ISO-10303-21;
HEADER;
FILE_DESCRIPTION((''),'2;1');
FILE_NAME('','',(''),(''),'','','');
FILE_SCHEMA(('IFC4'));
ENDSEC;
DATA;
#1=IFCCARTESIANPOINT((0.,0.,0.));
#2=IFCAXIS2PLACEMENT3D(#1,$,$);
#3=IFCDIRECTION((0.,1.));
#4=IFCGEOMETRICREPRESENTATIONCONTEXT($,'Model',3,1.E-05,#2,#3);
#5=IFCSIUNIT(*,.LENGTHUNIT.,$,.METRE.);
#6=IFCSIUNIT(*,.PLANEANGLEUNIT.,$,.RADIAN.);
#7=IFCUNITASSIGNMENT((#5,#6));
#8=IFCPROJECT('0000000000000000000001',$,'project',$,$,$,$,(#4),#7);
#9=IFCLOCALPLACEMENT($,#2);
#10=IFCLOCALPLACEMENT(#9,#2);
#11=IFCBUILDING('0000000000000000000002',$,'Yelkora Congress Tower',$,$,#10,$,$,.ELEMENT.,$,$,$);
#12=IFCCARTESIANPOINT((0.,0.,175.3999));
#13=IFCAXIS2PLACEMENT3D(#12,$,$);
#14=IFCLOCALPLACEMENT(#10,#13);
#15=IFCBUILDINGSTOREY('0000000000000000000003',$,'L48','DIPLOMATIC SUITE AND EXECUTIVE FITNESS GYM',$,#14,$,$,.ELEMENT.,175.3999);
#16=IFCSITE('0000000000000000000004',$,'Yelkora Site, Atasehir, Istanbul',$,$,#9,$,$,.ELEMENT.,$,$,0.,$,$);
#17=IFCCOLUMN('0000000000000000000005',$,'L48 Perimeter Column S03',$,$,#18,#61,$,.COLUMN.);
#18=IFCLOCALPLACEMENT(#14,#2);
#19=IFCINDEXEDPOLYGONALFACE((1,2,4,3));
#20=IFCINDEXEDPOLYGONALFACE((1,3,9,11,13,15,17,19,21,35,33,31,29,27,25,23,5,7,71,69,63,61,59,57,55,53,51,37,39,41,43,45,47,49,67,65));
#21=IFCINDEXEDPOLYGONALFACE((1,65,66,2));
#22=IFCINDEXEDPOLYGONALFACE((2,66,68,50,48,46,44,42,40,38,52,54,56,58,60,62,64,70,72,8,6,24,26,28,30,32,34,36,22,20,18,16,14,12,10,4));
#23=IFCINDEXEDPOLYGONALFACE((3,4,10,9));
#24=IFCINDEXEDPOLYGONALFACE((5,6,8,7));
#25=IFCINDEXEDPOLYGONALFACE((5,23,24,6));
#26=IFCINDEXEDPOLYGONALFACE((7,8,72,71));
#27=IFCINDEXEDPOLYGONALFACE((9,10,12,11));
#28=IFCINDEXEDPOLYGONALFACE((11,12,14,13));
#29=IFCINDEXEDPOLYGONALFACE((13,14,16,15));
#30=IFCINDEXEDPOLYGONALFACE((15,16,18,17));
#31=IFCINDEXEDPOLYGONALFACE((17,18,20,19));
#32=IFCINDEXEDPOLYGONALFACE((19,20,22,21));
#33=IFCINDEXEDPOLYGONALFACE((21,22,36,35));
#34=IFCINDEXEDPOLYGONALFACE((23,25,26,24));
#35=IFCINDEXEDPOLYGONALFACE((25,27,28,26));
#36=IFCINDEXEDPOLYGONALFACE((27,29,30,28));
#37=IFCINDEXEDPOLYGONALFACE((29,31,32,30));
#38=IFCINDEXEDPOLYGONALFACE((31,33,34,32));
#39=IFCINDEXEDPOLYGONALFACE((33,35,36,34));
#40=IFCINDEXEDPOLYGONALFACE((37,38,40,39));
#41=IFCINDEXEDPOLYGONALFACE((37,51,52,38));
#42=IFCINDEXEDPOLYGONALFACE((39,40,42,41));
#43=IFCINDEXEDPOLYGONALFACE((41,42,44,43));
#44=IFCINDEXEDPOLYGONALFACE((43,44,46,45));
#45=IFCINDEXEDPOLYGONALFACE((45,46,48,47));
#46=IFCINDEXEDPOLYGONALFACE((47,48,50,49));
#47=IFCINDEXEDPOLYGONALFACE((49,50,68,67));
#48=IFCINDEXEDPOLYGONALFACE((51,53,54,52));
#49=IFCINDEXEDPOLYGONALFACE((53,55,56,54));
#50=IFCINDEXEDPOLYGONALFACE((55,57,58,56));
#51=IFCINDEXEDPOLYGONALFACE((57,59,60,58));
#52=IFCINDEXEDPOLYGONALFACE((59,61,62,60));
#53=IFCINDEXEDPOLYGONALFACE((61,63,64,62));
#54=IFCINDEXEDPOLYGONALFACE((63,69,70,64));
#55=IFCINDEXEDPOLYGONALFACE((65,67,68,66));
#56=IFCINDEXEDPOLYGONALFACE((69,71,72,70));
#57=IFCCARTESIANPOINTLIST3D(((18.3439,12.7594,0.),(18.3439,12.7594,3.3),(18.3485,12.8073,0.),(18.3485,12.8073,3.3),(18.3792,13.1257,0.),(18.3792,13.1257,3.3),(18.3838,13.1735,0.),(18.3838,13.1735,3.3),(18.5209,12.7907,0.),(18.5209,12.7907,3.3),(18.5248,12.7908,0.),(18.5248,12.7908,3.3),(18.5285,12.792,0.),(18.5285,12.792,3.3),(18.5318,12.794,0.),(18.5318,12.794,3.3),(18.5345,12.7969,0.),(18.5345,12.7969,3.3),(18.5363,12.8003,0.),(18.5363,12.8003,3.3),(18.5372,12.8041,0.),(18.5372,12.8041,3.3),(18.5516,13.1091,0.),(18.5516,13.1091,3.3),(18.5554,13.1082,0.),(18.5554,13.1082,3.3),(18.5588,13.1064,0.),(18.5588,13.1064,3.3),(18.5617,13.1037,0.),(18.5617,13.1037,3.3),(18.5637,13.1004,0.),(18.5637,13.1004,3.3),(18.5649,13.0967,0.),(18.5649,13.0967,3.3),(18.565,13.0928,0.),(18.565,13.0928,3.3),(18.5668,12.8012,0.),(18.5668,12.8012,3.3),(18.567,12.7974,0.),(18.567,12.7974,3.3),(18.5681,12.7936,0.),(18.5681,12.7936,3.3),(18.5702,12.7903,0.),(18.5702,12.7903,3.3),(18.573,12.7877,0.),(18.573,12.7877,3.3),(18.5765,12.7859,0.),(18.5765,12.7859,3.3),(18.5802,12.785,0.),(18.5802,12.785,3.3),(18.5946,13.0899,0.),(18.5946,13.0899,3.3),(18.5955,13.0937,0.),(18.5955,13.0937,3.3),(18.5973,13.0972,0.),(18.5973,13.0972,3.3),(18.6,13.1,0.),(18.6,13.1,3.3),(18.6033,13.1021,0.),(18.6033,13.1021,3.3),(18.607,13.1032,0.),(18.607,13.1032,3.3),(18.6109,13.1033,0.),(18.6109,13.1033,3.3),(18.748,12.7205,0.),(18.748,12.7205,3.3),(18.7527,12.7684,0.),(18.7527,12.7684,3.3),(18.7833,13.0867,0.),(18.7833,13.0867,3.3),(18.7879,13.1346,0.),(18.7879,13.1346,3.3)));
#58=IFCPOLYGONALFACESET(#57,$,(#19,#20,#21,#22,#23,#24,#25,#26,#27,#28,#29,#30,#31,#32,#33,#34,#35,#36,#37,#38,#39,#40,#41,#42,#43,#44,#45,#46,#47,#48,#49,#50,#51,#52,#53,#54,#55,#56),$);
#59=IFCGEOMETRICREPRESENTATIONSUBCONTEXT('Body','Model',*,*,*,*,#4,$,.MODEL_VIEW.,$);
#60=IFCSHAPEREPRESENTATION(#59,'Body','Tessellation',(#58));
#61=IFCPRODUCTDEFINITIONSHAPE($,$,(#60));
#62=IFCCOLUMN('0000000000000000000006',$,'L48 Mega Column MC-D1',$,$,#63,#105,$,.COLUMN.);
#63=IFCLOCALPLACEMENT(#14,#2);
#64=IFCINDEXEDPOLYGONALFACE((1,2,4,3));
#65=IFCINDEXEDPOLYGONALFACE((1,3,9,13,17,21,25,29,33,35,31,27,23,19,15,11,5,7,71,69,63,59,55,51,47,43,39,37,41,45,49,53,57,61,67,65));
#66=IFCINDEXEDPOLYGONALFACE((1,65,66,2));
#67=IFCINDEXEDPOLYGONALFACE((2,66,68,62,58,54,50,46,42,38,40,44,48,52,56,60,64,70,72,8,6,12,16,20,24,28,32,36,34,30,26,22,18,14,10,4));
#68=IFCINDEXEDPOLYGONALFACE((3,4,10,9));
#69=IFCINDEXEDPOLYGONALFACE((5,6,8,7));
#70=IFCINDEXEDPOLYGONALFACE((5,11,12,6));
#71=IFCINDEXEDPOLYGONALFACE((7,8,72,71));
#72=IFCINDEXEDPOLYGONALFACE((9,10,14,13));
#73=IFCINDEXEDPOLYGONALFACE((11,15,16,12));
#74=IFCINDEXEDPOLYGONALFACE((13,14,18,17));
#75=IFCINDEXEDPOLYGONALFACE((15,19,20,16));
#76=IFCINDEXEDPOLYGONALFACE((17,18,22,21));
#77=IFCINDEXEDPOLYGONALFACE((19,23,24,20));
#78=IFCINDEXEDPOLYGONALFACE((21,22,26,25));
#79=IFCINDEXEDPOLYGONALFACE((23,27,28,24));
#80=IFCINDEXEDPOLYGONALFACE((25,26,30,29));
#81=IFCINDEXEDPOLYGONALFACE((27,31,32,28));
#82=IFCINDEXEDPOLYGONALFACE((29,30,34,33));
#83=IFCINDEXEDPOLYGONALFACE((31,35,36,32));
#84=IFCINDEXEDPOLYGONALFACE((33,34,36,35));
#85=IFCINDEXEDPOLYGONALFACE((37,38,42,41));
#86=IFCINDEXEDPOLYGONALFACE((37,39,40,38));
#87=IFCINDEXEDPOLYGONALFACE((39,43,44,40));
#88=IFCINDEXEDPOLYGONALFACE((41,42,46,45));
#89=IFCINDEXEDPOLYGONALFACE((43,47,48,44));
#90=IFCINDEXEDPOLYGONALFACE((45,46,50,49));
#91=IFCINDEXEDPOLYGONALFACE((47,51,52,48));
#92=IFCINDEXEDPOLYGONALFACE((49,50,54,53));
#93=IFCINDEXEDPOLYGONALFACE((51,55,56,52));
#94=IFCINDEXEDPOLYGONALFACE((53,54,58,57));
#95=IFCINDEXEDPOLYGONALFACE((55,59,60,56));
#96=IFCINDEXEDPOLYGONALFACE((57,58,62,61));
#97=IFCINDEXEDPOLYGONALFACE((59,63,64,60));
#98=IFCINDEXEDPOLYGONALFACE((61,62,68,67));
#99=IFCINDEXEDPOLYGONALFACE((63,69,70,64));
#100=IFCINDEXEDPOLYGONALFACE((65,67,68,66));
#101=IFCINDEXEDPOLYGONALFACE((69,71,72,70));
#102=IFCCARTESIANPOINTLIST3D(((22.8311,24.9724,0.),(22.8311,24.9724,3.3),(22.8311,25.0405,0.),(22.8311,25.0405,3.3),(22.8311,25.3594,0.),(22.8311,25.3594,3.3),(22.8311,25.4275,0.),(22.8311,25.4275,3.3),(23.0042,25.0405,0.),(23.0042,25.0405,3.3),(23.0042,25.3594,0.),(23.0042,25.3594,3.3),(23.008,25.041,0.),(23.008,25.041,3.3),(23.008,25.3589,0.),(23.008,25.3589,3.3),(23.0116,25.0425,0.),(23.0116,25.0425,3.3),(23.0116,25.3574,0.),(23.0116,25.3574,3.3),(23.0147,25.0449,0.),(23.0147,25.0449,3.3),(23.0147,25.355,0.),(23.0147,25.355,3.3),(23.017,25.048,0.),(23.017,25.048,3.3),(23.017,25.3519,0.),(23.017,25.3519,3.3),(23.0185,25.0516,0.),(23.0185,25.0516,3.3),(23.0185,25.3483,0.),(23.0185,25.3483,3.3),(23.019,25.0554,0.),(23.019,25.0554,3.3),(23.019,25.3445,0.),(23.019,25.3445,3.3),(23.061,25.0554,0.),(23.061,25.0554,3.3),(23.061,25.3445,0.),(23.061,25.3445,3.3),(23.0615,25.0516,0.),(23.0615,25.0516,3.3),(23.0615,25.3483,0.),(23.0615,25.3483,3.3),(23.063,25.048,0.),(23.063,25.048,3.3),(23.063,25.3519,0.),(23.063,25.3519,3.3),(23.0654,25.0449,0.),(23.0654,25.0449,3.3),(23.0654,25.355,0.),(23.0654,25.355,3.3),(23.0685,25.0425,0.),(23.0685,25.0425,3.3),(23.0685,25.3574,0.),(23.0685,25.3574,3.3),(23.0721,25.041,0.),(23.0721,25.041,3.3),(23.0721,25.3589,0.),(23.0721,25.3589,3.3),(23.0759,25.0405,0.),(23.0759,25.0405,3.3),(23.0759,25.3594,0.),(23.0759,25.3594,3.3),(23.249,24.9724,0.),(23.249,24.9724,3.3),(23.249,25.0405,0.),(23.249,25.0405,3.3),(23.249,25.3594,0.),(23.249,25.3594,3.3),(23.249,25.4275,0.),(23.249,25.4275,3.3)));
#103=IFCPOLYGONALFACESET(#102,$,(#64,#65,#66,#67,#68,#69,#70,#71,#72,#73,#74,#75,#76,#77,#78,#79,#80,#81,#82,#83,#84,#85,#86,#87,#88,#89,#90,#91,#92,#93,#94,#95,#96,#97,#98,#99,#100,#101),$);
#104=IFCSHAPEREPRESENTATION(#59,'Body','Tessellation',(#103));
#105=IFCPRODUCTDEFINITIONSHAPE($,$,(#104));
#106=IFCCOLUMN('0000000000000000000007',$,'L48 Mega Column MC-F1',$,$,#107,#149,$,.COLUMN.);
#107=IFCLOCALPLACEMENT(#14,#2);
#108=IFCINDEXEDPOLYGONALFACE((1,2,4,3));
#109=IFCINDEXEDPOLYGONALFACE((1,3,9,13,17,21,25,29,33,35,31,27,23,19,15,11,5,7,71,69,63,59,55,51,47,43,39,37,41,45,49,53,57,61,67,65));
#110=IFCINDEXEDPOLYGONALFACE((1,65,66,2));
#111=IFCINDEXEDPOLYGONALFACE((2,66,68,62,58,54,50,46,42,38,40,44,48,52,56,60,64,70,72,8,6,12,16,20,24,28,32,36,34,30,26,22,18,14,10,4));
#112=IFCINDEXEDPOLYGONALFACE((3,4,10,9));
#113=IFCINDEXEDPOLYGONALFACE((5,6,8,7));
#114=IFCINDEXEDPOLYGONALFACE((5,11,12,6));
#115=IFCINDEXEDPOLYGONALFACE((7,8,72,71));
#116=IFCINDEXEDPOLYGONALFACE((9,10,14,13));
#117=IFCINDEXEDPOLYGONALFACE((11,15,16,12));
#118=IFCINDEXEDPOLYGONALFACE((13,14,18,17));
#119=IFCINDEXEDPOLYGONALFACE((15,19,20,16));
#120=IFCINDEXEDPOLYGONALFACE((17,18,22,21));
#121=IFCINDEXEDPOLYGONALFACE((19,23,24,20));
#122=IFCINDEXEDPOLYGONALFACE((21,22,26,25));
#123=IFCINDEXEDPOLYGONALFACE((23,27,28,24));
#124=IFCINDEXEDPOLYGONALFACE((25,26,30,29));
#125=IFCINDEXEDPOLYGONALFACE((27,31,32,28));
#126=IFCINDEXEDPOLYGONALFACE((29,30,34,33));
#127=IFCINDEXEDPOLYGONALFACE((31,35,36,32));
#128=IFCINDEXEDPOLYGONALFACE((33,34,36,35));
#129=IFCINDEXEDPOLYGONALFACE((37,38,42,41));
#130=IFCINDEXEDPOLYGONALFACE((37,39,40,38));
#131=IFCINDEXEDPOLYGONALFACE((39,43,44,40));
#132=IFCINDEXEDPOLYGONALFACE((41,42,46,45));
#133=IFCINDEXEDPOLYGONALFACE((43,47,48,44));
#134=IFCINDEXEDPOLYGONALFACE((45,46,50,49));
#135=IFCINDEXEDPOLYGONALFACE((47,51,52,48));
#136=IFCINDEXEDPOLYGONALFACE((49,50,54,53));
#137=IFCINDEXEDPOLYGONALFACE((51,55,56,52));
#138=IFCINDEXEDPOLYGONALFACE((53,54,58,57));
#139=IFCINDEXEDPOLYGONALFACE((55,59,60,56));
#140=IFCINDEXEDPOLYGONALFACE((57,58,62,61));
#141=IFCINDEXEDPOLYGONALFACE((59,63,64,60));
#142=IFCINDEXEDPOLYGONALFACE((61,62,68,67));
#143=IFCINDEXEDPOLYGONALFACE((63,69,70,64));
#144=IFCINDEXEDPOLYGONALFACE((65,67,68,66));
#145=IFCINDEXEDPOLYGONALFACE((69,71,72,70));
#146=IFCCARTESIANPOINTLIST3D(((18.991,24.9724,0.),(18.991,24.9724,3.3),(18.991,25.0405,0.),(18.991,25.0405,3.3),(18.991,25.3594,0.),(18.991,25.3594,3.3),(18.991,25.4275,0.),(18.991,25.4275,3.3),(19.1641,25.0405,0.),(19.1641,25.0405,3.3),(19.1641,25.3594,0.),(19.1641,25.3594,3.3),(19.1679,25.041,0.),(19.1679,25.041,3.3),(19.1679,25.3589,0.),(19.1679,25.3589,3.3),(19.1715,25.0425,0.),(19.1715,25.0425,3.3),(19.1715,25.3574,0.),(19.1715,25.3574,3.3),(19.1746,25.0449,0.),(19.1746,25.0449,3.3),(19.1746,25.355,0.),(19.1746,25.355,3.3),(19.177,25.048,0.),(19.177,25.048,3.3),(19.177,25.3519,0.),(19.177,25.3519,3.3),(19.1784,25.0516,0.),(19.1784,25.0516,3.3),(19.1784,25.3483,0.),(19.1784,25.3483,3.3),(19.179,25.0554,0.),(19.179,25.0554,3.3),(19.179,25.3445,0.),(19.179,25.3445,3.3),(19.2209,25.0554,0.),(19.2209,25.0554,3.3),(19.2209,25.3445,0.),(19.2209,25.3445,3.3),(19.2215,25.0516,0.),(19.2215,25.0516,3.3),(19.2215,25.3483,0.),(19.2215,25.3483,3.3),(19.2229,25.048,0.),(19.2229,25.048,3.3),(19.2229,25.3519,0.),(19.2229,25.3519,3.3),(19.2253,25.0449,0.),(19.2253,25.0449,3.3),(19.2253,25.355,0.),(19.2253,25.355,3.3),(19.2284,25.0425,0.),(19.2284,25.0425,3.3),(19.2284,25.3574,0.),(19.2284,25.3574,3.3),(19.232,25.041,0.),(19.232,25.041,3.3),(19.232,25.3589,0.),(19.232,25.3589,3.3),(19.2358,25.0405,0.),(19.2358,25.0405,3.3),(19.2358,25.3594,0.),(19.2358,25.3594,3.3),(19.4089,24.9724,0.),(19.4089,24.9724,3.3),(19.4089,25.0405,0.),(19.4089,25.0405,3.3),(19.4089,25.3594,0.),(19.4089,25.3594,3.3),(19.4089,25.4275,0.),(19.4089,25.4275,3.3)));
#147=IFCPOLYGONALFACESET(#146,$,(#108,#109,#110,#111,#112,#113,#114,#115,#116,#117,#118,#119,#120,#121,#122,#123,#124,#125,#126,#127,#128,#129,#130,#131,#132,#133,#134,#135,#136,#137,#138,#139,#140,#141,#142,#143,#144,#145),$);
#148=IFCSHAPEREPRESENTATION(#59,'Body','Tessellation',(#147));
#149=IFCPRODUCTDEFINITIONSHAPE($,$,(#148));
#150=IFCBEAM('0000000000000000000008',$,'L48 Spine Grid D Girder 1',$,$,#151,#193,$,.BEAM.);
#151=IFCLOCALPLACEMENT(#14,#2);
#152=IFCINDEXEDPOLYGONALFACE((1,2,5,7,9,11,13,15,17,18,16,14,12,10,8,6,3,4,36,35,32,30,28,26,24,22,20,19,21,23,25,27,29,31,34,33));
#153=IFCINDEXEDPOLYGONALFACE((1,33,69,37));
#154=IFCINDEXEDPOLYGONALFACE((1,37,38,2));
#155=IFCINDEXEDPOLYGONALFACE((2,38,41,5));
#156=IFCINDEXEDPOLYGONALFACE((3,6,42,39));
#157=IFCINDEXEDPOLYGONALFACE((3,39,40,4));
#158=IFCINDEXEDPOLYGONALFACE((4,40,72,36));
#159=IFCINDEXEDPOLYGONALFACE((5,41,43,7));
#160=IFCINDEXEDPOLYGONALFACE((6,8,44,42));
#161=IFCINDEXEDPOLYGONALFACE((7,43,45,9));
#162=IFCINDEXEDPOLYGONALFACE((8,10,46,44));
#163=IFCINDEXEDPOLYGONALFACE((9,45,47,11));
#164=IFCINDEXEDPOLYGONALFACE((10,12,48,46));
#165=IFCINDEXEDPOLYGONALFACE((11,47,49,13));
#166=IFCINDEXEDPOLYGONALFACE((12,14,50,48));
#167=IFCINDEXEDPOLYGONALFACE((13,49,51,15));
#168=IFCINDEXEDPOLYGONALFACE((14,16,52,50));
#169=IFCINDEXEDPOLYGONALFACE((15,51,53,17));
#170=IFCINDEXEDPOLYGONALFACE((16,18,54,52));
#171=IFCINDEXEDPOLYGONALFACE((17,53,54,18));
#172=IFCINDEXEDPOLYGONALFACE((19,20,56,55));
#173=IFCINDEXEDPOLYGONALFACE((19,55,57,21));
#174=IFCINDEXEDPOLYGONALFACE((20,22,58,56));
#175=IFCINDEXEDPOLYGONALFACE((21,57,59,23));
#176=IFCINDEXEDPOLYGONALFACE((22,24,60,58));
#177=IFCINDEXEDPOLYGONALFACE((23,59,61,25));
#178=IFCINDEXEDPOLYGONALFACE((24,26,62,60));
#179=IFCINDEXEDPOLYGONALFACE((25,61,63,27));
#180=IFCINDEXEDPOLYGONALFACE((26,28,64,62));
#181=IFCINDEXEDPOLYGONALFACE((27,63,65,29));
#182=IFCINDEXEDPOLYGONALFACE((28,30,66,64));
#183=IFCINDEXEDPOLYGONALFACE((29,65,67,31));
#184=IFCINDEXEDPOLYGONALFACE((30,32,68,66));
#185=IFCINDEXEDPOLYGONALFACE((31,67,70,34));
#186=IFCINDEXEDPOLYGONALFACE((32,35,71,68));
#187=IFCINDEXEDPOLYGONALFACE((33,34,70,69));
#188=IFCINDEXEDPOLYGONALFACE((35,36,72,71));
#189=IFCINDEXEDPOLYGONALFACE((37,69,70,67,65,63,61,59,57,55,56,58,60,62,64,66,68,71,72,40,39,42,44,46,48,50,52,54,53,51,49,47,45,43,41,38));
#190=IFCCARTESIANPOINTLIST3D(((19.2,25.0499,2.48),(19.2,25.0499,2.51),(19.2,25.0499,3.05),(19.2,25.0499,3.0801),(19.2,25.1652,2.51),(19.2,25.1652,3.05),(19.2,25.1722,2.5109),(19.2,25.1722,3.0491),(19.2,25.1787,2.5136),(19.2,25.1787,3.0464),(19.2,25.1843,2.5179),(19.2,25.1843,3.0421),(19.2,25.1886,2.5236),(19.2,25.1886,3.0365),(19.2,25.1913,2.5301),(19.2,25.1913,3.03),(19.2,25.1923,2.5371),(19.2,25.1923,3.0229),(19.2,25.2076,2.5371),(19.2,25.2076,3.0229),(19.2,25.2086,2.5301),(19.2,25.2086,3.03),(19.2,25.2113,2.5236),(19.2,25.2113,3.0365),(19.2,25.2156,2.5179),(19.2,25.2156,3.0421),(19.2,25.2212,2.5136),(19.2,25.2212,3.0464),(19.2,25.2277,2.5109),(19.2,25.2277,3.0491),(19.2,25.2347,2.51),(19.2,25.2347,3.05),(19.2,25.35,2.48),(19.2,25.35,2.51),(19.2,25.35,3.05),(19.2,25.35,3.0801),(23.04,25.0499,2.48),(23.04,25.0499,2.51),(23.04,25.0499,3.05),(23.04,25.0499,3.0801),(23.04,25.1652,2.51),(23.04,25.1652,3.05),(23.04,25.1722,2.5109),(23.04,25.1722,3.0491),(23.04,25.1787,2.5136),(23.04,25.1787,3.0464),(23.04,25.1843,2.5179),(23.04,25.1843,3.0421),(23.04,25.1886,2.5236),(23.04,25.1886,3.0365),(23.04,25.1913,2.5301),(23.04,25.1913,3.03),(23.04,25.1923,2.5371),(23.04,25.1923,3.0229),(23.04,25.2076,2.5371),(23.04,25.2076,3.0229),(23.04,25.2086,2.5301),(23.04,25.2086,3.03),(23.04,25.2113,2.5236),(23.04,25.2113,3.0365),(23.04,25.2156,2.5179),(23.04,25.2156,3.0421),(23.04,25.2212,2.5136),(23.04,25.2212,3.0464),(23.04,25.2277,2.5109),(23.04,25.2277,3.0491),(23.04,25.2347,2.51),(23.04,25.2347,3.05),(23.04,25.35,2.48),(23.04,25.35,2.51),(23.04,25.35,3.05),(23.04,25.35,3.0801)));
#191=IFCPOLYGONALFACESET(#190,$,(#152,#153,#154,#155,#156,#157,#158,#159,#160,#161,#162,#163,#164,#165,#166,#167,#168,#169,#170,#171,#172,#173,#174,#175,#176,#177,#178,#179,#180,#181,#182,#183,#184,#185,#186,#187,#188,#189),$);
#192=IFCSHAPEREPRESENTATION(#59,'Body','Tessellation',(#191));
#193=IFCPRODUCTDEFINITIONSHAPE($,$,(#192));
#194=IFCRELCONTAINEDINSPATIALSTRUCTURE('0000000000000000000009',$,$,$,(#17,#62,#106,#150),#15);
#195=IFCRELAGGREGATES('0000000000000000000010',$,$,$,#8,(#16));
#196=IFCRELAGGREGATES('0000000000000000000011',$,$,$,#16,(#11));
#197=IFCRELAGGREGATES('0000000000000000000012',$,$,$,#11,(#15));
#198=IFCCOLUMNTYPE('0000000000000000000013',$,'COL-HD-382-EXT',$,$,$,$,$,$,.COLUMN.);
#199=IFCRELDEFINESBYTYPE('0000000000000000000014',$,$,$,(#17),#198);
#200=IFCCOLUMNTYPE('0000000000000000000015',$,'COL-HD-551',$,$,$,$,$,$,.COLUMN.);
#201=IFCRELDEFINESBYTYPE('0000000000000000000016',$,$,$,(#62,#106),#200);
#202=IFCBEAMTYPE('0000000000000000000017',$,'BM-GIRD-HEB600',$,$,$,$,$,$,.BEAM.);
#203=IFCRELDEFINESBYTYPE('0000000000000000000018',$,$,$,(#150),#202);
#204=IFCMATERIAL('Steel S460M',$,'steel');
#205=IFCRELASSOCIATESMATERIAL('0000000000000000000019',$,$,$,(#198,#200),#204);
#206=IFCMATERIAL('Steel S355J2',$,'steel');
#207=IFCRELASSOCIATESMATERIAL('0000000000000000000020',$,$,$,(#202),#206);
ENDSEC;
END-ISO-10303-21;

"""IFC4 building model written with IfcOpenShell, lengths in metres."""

from ifc_helpers import new_model, si_unit, direction, frame, origin, origin_2d, place, context, subcontext, project, spatial, i_section, extrude, material, material_profile, profile_set, type_object, element, save


model = new_model("IFC4")

# Units and contexts
model_context = context("Model", 3, precision=1e-05, world=origin(), true_north=direction((0.0, 1.0)))
body_context = subcontext(model_context, "Body", "Model", "MODEL_VIEW")
ifc_project = project(units=[si_unit("LENGTHUNIT", "METRE"), si_unit("PLANEANGLEUNIT", "RADIAN")], contexts=[model_context])

# Site, building, storey
site_placement = place(None, origin())
site = spatial("IfcSite", under=ifc_project, at=site_placement, Name="Yelkora Site, Atasehir, Istanbul", CompositionType="ELEMENT", RefElevation=0.0)
building_placement = place(site_placement, origin())
building = spatial("IfcBuilding", under=site, at=building_placement, Name="Yelkora Congress Tower", CompositionType="ELEMENT")
storey_placement = place(building_placement, frame((0.0, 0.0, 175.3999)))
storey = spatial("IfcBuildingStorey", under=building, at=storey_placement, Name="L48", Description="DIPLOMATIC SUITE AND EXECUTIVE FITNESS GYM", CompositionType="ELEMENT", Elevation=175.3999)

# Columns
ifc_material_1 = material(Name="Steel S460M", Category="steel")
ifc_material_profile_1 = material_profile(ifc_material_1, i_section(OverallWidth=0.406, OverallDepth=0.416, WebThickness=0.0298, FlangeThickness=0.0481, FilletRadius=0.0149, at=origin_2d()), Name="HD 400x382")
ifc_profile_set_1 = profile_set([ifc_material_profile_1], Name="Steel S460M")
column_type_1 = type_object("IfcColumnType", Name="COL-HD-382-EXT", PredefinedType="COLUMN", material=ifc_profile_set_1)
column_placement = place(storey_placement, frame((18.5659, 12.947, 0.0), z_axis=(0.0, 0.0, 1.0), x_axis=(0.995396, -0.095846, 0.0)))
element("IfcColumn", 1, at=column_placement, inside=storey, type_object=column_type_1, Name="L48 Perimeter Column S03", PredefinedType="COLUMN", context=body_context, shape_type="SweptSolid", body=[
    extrude(i_section(OverallWidth=0.406, OverallDepth=0.416, WebThickness=0.0298, FlangeThickness=0.0481, FilletRadius=0.0149, at=origin_2d()), origin(), (0.0, 0.0, 1.0), 3.3),
])
ifc_material_profile_2 = material_profile(ifc_material_1, i_section(OverallWidth=0.418, OverallDepth=0.4551, WebThickness=0.042, FlangeThickness=0.0681, FilletRadius=0.0149, at=origin_2d()), Name="HD 400x551")
ifc_profile_set_2 = profile_set([ifc_material_profile_2], Name="Steel S460M")
column_type_2 = type_object("IfcColumnType", Name="COL-HD-551", PredefinedType="COLUMN", material=ifc_profile_set_2)
for number, where, z_axis, x_axis, name in (
    (2, (23.04, 25.2, 0.0), (0.0, 0.0, 1.0), (1.0, 0.0, 0.0), "L48 Mega Column MC-D1"),
    (3, (19.2, 25.2, 0.0), (0.0, 0.0, 1.0), (1.0, 0.0, 0.0), "L48 Mega Column MC-F1"),
):
    element("IfcColumn", number, at=place(storey_placement, frame(where, z_axis=z_axis, x_axis=x_axis)), inside=storey, type_object=column_type_2, Name=name, PredefinedType="COLUMN", context=body_context, shape_type="SweptSolid", body=[
        extrude(i_section(OverallWidth=0.418, OverallDepth=0.4551, WebThickness=0.042, FlangeThickness=0.0681, FilletRadius=0.0149, at=origin_2d()), origin(), (0.0, 0.0, 1.0), 3.3),
    ])

# Beam
ifc_material_2 = material(Name="Steel S355J2", Category="steel")
ifc_material_profile_3 = material_profile(ifc_material_2, i_section(OverallWidth=0.3, OverallDepth=0.6001, WebThickness=0.0154, FlangeThickness=0.03, FilletRadius=0.0271, at=origin_2d()), Name="HEB 600")
ifc_profile_set_3 = profile_set([ifc_material_profile_3], Name="Steel S355J2")
beam_type_1 = type_object("IfcBeamType", Name="BM-GIRD-HEB600", PredefinedType="BEAM", material=ifc_profile_set_3)
beam_1_placement = place(storey_placement, frame((19.2, 25.2, 2.78), z_axis=(1.0, 0.0, 0.0), x_axis=(0.0, 1.0, 0.0)))
element("IfcBeam", 4, at=beam_1_placement, inside=storey, type_object=beam_type_1, Name="L48 Spine Grid D Girder 1", PredefinedType="BEAM", context=body_context, shape_type="SweptSolid", body=[
    extrude(i_section(OverallWidth=0.3, OverallDepth=0.6001, WebThickness=0.0154, FlangeThickness=0.03, FilletRadius=0.0271, at=origin_2d()), origin(), (0.0, 0.0, 1.0), 3.8401),
])

save(model, "model.ifc")
